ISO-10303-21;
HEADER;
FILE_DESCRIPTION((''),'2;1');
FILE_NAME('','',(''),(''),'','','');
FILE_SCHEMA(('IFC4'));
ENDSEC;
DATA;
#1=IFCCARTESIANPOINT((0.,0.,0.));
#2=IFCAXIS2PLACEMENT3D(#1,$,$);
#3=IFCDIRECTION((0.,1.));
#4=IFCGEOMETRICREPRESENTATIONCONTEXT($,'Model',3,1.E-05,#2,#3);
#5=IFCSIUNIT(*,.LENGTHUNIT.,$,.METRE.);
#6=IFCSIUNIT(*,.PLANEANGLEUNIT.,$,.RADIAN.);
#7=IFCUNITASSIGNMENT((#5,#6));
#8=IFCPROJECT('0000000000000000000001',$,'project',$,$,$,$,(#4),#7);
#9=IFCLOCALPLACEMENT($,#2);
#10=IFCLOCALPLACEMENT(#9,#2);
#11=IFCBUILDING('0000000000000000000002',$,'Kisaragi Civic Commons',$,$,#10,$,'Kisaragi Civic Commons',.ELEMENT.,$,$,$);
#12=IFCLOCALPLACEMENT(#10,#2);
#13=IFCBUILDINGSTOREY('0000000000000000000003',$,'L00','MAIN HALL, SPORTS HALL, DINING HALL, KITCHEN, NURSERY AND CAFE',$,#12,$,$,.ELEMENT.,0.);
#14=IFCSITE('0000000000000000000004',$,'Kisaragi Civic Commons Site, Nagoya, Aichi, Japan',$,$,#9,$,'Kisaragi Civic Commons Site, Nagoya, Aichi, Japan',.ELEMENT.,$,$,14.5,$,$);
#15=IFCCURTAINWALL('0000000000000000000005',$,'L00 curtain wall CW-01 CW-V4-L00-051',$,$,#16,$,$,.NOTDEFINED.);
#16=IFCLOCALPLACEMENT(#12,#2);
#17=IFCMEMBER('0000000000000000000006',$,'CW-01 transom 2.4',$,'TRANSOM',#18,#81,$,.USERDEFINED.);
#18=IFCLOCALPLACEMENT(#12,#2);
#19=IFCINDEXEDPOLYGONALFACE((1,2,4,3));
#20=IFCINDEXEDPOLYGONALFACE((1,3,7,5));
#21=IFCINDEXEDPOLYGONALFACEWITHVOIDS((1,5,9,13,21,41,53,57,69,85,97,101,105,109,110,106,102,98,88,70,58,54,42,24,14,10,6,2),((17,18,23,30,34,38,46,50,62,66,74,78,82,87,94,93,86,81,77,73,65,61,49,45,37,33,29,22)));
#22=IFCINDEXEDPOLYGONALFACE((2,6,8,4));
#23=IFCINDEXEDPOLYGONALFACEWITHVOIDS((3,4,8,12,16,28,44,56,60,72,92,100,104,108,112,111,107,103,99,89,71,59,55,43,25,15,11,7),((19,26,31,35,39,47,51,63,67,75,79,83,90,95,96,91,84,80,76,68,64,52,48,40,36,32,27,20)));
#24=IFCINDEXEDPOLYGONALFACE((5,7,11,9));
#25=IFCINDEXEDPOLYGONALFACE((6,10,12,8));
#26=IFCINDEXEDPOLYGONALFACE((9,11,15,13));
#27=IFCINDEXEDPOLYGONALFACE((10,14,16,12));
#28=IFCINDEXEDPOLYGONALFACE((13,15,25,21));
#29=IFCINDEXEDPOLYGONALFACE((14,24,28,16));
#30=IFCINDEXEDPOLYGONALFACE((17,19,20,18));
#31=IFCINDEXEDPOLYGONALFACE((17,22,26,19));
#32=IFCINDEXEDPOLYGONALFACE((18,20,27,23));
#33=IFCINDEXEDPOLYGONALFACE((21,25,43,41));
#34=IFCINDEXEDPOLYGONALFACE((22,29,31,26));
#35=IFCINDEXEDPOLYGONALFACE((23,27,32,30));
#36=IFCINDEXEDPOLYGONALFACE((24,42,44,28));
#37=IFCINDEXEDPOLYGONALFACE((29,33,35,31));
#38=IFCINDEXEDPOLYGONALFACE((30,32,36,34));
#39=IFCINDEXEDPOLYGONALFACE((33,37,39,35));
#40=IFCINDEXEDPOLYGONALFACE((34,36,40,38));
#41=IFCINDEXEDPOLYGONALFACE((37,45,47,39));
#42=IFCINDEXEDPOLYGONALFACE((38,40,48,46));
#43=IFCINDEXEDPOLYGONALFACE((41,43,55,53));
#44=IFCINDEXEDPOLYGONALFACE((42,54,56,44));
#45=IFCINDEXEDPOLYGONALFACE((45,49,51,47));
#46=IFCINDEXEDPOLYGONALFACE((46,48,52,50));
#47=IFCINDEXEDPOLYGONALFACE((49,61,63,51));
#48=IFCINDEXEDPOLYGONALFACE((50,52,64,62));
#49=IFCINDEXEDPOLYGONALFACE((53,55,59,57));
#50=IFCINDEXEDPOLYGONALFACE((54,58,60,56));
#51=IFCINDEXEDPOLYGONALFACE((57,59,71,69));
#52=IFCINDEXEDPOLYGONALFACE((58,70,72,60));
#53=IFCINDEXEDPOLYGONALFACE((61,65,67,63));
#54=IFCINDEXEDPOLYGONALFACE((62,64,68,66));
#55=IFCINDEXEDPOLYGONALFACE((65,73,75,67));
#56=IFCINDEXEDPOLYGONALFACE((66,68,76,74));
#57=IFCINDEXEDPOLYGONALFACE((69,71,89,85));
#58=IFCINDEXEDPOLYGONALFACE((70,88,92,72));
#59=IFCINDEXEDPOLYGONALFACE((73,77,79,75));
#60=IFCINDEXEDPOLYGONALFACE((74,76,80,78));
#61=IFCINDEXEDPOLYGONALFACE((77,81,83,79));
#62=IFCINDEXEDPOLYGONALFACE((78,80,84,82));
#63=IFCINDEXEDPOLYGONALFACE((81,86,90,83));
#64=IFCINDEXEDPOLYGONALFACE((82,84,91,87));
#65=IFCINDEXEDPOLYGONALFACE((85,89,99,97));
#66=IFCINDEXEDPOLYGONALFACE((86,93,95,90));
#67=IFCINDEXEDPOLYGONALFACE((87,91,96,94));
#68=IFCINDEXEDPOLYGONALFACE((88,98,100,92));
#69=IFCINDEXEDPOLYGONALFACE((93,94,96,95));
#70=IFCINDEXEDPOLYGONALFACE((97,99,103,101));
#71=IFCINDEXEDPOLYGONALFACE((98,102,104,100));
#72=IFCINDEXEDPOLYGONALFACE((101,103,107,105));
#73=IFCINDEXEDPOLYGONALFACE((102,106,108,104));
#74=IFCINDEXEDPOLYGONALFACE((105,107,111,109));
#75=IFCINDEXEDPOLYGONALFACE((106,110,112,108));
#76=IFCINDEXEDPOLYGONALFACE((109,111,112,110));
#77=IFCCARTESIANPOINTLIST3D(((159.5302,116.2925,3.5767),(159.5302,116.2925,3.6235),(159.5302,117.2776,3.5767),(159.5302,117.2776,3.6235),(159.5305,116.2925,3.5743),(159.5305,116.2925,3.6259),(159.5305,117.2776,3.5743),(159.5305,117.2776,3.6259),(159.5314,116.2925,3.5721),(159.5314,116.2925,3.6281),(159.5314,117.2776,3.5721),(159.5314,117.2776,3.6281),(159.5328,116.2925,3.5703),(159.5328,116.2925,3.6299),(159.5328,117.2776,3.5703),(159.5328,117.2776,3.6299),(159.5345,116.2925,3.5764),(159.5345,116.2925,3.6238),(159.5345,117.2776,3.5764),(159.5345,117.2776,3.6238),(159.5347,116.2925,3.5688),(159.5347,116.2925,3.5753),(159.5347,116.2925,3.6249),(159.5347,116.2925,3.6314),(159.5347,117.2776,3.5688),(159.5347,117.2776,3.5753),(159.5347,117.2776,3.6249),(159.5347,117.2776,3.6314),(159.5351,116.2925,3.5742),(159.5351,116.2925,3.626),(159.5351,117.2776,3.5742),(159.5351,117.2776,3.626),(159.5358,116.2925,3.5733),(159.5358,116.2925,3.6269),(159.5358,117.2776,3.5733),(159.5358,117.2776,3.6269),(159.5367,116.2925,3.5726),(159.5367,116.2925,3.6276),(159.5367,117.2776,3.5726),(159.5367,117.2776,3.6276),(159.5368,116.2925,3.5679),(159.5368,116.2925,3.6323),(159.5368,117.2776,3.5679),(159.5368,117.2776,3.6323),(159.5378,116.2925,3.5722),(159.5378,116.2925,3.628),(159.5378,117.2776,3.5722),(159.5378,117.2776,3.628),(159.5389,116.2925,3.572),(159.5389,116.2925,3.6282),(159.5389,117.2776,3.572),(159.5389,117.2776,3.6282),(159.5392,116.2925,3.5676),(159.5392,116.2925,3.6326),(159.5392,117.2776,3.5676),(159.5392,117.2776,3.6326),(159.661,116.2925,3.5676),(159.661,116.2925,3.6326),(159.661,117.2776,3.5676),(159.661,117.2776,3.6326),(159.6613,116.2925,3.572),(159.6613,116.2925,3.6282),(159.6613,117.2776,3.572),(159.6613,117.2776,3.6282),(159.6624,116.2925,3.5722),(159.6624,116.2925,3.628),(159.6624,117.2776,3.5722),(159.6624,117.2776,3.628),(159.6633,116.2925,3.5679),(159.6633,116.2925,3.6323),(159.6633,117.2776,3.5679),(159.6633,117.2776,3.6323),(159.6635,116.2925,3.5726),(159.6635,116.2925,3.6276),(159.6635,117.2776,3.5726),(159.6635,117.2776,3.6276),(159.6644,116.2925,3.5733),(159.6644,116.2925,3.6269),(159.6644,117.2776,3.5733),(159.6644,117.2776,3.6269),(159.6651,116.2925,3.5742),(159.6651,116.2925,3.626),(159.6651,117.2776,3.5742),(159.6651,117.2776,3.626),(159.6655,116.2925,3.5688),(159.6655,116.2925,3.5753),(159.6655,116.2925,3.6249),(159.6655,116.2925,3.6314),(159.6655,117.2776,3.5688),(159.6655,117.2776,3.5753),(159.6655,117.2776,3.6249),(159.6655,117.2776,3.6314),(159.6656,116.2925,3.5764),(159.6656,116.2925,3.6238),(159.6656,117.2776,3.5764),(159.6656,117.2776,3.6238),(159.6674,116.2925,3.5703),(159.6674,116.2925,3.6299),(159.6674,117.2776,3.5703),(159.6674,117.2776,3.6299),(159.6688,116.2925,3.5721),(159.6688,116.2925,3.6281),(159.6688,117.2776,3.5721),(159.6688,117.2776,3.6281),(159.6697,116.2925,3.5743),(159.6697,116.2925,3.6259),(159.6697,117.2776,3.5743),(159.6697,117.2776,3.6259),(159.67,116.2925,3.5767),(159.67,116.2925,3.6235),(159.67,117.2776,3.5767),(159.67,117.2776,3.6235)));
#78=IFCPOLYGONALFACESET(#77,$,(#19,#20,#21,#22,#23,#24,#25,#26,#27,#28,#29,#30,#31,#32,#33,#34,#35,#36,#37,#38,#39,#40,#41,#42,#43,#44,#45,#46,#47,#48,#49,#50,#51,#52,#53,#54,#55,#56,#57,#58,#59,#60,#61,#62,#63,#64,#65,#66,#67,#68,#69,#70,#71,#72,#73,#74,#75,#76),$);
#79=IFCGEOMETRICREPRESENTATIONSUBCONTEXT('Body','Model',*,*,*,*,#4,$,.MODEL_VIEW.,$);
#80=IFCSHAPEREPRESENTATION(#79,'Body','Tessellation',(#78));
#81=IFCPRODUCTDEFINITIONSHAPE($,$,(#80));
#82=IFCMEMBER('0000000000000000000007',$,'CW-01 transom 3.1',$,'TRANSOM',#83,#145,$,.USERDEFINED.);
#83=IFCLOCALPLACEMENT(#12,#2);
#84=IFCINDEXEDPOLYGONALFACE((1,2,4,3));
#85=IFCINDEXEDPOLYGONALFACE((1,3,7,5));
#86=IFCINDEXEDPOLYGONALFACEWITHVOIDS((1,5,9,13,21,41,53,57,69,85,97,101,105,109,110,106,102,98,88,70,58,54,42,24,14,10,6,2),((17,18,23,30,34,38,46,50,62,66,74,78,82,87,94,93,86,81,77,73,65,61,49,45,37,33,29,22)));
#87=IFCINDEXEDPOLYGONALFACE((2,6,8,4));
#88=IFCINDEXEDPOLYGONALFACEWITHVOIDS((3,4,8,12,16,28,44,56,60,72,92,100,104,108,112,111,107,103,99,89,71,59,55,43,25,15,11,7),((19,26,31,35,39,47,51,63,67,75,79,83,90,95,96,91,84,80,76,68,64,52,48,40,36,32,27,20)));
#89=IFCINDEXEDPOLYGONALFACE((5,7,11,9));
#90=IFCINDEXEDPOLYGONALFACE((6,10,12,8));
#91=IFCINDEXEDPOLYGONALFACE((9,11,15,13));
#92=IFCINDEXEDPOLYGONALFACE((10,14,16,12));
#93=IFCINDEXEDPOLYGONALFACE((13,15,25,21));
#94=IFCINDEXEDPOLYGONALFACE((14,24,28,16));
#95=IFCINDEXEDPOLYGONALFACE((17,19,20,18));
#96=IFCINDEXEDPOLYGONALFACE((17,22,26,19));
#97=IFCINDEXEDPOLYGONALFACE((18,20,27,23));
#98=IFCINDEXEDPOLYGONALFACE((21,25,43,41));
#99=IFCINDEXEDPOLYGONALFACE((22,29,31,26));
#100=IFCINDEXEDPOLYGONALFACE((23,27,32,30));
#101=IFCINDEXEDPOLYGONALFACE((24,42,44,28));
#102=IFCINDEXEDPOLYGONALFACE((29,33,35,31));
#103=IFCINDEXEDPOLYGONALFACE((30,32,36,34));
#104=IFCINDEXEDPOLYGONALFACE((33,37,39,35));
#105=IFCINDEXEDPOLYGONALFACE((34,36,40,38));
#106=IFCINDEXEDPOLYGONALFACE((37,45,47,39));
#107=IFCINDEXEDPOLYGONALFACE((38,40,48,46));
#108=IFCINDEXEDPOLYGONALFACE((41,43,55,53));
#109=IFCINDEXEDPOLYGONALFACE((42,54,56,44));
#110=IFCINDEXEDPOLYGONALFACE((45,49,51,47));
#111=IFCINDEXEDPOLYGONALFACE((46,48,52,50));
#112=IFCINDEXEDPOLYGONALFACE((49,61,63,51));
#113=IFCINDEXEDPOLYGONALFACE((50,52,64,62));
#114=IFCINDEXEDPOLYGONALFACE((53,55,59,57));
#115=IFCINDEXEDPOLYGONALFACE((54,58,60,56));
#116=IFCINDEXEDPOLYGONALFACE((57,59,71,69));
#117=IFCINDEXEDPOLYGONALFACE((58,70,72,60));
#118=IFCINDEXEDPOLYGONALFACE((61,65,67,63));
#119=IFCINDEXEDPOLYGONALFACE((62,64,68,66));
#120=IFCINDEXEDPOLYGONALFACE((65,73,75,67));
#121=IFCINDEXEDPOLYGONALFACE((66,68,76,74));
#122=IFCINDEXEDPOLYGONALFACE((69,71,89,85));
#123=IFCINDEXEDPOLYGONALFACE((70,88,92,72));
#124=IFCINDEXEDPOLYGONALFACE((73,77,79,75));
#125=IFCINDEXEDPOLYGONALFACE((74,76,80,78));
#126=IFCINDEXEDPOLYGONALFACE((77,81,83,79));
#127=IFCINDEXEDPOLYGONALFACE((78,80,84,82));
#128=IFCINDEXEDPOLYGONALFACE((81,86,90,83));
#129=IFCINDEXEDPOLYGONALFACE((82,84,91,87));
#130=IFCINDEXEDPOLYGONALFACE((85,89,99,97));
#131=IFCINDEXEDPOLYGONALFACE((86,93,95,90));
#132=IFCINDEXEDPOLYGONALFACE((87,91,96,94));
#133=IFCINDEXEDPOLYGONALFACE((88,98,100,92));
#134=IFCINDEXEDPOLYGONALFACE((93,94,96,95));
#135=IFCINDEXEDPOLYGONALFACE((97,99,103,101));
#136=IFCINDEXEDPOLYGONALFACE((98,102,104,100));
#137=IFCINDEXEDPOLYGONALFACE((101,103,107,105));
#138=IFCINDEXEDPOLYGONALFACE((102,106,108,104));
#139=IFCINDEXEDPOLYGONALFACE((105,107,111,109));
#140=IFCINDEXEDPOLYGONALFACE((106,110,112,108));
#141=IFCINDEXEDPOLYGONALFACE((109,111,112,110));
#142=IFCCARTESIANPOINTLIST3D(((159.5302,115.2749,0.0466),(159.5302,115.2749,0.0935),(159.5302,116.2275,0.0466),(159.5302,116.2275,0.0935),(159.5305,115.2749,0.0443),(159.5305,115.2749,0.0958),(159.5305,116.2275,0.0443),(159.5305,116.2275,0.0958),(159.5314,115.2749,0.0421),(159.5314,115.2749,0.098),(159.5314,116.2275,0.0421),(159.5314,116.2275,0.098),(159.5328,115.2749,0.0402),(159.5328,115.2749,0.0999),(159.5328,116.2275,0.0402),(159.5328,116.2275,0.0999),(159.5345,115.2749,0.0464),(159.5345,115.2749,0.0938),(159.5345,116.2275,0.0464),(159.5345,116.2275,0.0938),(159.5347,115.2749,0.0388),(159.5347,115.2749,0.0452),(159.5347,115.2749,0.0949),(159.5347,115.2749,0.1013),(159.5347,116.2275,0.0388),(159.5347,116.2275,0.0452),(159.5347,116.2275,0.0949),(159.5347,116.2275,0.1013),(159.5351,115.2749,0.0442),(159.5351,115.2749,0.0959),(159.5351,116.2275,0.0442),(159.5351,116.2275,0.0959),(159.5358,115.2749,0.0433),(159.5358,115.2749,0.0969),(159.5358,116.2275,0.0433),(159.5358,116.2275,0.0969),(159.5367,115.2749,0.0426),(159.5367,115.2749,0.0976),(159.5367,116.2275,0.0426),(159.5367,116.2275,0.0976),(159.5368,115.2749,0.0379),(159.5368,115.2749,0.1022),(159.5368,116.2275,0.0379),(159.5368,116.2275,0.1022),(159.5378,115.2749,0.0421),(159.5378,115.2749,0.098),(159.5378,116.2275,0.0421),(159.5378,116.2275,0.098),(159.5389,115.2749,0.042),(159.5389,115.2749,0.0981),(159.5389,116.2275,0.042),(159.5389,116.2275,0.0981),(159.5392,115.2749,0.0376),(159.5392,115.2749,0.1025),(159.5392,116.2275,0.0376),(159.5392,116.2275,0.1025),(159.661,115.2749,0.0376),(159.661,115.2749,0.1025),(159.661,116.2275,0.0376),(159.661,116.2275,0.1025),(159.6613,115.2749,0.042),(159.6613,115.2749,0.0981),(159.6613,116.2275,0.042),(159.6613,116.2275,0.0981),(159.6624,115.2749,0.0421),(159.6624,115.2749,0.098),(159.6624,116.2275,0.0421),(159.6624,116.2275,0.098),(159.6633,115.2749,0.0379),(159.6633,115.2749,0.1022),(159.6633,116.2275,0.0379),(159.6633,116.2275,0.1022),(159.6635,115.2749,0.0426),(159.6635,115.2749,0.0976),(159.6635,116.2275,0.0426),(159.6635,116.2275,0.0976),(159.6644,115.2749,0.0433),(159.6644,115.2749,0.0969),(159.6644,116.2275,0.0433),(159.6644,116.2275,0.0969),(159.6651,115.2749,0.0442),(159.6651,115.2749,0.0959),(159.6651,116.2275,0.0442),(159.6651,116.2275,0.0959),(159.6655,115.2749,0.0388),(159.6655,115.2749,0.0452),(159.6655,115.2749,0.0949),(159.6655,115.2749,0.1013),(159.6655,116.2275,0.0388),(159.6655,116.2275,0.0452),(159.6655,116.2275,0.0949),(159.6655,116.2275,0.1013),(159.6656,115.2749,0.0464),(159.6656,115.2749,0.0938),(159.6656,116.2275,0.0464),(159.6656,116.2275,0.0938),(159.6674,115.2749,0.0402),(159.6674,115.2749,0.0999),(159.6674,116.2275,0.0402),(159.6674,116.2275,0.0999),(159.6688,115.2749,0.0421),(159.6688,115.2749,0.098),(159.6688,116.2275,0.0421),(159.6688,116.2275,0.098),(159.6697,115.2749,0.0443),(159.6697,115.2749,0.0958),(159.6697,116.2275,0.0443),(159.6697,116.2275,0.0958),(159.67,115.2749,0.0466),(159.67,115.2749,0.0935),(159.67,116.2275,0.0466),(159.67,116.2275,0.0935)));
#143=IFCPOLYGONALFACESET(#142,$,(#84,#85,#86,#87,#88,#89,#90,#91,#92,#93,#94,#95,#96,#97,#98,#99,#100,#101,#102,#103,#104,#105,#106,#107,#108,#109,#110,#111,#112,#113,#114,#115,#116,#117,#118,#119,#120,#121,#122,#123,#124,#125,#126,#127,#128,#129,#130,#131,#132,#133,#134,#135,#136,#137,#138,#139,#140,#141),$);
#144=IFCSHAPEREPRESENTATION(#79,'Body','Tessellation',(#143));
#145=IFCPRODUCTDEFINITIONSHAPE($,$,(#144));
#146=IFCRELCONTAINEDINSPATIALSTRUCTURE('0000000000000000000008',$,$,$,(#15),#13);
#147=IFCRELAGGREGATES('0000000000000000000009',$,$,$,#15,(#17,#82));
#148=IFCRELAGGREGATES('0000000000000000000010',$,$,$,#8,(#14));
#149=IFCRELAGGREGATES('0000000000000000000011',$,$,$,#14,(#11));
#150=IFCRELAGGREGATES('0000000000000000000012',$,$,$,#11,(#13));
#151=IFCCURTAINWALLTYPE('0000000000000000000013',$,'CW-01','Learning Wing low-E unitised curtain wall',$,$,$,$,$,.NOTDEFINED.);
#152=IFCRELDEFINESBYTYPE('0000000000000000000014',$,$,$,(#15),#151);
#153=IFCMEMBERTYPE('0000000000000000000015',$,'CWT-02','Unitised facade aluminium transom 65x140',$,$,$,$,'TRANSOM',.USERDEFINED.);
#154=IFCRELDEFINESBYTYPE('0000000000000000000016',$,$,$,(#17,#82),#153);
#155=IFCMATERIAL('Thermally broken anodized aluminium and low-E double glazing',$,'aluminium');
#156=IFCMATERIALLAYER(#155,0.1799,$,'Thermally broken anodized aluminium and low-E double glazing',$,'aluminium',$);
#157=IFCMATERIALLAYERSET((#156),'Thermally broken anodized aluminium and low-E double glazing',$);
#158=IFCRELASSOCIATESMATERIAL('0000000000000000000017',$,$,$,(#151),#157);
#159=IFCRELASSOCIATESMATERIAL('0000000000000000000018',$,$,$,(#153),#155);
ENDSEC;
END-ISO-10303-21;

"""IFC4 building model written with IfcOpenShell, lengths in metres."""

from ifc_helpers import new_model, si_unit, direction, frame, origin, origin_2d, place, context, subcontext, project, spatial, hollow_rectangle, extrude, material, layer, layer_set, material_profile, profile_set, type_object, element, aggregate, save


model = new_model("IFC4")

# Units and contexts
model_context = context("Model", 3, precision=1e-05, world=origin(), true_north=direction((0.0, 1.0)))
body_context = subcontext(model_context, "Body", "Model", "MODEL_VIEW")
ifc_project = project(units=[si_unit("LENGTHUNIT", "METRE"), si_unit("PLANEANGLEUNIT", "RADIAN")], contexts=[model_context])

# Site, building, storey
site_placement = place(None, origin())
site = spatial("IfcSite", under=ifc_project, at=site_placement, Name="Kisaragi Civic Commons Site, Nagoya, Aichi, Japan", LongName="Kisaragi Civic Commons Site, Nagoya, Aichi, Japan", CompositionType="ELEMENT", RefElevation=14.5)
building_placement = place(site_placement, origin())
building = spatial("IfcBuilding", under=site, at=building_placement, Name="Kisaragi Civic Commons", LongName="Kisaragi Civic Commons", CompositionType="ELEMENT")
storey_placement = place(building_placement, origin())
storey = spatial("IfcBuildingStorey", under=building, at=storey_placement, Name="L00", Description="MAIN HALL, SPORTS HALL, DINING HALL, KITCHEN, NURSERY AND CAFE", CompositionType="ELEMENT", Elevation=0.0)

# Curtain wall
ifc_material_1 = material(Name="Thermally broken anodized aluminium and low-E double glazing", Category="aluminium")
ifc_layer_1 = layer(ifc_material_1, 0.1799, Name="Thermally broken anodized aluminium and low-E double glazing", Category="aluminium")
ifc_layer_set_1 = layer_set([ifc_layer_1], Name="Thermally broken anodized aluminium and low-E double glazing")
curtain_wall_type = type_object("IfcCurtainWallType", Name="CW-01", Description="Learning Wing low-E unitised curtain wall", PredefinedType="NOTDEFINED", material=ifc_layer_set_1)
curtain_wall_1_placement = place(storey_placement, origin())
curtain_wall_1 = element("IfcCurtainWall", 1, at=curtain_wall_1_placement, inside=storey, type_object=curtain_wall_type, Name="L00 curtain wall CW-01 CW-V4-L00-051", PredefinedType="NOTDEFINED")

# Members
ifc_material_profile_1 = material_profile(ifc_material_1, hollow_rectangle(XDim=0.1399, YDim=0.0649, WallThickness=0.0044, InnerFilletRadius=0.0044, OuterFilletRadius=0.009, at=origin_2d()), Name="CWT-65x140x4.5", Category="aluminium")
ifc_profile_set_1 = profile_set([ifc_material_profile_1], Name="Thermally broken anodized aluminium and low-E double glazing")
member_type_1 = type_object("IfcMemberType", Name="CWT-02", Description="Unitised facade aluminium transom 65x140", ElementType="TRANSOM", PredefinedType="USERDEFINED", material=ifc_profile_set_1)
member_1_placement = place(storey_placement, frame((159.6001, 117.2776, 3.6001), z_axis=(0.0, -1.0, 0.0), x_axis=(1.0, 0.0, 0.0)))
member_1 = element("IfcMember", 2, at=member_1_placement, type_object=member_type_1, Name="CW-01 transom 2.4", ObjectType="TRANSOM", PredefinedType="USERDEFINED", context=body_context, shape_type="SweptSolid", body=[
    extrude(hollow_rectangle(XDim=0.1399, YDim=0.0649, WallThickness=0.0044, InnerFilletRadius=0.0044, OuterFilletRadius=0.009, at=origin_2d()), origin(), (0.0, 0.0, 1.0), 0.9851),
])
member_2_placement = place(storey_placement, frame((159.6001, 116.2275, 0.0701), z_axis=(0.0, -1.0, 0.0), x_axis=(1.0, 0.0, 0.0)))
member_2 = element("IfcMember", 3, at=member_2_placement, type_object=member_type_1, Name="CW-01 transom 3.1", ObjectType="TRANSOM", PredefinedType="USERDEFINED", context=body_context, shape_type="SweptSolid", body=[
    extrude(hollow_rectangle(XDim=0.1399, YDim=0.0649, WallThickness=0.0044, InnerFilletRadius=0.0044, OuterFilletRadius=0.009, at=origin_2d()), origin(), (0.0, 0.0, 1.0), 0.9526),
])

aggregate(curtain_wall_1, [member_1, member_2])

save(model, "model.ifc")
